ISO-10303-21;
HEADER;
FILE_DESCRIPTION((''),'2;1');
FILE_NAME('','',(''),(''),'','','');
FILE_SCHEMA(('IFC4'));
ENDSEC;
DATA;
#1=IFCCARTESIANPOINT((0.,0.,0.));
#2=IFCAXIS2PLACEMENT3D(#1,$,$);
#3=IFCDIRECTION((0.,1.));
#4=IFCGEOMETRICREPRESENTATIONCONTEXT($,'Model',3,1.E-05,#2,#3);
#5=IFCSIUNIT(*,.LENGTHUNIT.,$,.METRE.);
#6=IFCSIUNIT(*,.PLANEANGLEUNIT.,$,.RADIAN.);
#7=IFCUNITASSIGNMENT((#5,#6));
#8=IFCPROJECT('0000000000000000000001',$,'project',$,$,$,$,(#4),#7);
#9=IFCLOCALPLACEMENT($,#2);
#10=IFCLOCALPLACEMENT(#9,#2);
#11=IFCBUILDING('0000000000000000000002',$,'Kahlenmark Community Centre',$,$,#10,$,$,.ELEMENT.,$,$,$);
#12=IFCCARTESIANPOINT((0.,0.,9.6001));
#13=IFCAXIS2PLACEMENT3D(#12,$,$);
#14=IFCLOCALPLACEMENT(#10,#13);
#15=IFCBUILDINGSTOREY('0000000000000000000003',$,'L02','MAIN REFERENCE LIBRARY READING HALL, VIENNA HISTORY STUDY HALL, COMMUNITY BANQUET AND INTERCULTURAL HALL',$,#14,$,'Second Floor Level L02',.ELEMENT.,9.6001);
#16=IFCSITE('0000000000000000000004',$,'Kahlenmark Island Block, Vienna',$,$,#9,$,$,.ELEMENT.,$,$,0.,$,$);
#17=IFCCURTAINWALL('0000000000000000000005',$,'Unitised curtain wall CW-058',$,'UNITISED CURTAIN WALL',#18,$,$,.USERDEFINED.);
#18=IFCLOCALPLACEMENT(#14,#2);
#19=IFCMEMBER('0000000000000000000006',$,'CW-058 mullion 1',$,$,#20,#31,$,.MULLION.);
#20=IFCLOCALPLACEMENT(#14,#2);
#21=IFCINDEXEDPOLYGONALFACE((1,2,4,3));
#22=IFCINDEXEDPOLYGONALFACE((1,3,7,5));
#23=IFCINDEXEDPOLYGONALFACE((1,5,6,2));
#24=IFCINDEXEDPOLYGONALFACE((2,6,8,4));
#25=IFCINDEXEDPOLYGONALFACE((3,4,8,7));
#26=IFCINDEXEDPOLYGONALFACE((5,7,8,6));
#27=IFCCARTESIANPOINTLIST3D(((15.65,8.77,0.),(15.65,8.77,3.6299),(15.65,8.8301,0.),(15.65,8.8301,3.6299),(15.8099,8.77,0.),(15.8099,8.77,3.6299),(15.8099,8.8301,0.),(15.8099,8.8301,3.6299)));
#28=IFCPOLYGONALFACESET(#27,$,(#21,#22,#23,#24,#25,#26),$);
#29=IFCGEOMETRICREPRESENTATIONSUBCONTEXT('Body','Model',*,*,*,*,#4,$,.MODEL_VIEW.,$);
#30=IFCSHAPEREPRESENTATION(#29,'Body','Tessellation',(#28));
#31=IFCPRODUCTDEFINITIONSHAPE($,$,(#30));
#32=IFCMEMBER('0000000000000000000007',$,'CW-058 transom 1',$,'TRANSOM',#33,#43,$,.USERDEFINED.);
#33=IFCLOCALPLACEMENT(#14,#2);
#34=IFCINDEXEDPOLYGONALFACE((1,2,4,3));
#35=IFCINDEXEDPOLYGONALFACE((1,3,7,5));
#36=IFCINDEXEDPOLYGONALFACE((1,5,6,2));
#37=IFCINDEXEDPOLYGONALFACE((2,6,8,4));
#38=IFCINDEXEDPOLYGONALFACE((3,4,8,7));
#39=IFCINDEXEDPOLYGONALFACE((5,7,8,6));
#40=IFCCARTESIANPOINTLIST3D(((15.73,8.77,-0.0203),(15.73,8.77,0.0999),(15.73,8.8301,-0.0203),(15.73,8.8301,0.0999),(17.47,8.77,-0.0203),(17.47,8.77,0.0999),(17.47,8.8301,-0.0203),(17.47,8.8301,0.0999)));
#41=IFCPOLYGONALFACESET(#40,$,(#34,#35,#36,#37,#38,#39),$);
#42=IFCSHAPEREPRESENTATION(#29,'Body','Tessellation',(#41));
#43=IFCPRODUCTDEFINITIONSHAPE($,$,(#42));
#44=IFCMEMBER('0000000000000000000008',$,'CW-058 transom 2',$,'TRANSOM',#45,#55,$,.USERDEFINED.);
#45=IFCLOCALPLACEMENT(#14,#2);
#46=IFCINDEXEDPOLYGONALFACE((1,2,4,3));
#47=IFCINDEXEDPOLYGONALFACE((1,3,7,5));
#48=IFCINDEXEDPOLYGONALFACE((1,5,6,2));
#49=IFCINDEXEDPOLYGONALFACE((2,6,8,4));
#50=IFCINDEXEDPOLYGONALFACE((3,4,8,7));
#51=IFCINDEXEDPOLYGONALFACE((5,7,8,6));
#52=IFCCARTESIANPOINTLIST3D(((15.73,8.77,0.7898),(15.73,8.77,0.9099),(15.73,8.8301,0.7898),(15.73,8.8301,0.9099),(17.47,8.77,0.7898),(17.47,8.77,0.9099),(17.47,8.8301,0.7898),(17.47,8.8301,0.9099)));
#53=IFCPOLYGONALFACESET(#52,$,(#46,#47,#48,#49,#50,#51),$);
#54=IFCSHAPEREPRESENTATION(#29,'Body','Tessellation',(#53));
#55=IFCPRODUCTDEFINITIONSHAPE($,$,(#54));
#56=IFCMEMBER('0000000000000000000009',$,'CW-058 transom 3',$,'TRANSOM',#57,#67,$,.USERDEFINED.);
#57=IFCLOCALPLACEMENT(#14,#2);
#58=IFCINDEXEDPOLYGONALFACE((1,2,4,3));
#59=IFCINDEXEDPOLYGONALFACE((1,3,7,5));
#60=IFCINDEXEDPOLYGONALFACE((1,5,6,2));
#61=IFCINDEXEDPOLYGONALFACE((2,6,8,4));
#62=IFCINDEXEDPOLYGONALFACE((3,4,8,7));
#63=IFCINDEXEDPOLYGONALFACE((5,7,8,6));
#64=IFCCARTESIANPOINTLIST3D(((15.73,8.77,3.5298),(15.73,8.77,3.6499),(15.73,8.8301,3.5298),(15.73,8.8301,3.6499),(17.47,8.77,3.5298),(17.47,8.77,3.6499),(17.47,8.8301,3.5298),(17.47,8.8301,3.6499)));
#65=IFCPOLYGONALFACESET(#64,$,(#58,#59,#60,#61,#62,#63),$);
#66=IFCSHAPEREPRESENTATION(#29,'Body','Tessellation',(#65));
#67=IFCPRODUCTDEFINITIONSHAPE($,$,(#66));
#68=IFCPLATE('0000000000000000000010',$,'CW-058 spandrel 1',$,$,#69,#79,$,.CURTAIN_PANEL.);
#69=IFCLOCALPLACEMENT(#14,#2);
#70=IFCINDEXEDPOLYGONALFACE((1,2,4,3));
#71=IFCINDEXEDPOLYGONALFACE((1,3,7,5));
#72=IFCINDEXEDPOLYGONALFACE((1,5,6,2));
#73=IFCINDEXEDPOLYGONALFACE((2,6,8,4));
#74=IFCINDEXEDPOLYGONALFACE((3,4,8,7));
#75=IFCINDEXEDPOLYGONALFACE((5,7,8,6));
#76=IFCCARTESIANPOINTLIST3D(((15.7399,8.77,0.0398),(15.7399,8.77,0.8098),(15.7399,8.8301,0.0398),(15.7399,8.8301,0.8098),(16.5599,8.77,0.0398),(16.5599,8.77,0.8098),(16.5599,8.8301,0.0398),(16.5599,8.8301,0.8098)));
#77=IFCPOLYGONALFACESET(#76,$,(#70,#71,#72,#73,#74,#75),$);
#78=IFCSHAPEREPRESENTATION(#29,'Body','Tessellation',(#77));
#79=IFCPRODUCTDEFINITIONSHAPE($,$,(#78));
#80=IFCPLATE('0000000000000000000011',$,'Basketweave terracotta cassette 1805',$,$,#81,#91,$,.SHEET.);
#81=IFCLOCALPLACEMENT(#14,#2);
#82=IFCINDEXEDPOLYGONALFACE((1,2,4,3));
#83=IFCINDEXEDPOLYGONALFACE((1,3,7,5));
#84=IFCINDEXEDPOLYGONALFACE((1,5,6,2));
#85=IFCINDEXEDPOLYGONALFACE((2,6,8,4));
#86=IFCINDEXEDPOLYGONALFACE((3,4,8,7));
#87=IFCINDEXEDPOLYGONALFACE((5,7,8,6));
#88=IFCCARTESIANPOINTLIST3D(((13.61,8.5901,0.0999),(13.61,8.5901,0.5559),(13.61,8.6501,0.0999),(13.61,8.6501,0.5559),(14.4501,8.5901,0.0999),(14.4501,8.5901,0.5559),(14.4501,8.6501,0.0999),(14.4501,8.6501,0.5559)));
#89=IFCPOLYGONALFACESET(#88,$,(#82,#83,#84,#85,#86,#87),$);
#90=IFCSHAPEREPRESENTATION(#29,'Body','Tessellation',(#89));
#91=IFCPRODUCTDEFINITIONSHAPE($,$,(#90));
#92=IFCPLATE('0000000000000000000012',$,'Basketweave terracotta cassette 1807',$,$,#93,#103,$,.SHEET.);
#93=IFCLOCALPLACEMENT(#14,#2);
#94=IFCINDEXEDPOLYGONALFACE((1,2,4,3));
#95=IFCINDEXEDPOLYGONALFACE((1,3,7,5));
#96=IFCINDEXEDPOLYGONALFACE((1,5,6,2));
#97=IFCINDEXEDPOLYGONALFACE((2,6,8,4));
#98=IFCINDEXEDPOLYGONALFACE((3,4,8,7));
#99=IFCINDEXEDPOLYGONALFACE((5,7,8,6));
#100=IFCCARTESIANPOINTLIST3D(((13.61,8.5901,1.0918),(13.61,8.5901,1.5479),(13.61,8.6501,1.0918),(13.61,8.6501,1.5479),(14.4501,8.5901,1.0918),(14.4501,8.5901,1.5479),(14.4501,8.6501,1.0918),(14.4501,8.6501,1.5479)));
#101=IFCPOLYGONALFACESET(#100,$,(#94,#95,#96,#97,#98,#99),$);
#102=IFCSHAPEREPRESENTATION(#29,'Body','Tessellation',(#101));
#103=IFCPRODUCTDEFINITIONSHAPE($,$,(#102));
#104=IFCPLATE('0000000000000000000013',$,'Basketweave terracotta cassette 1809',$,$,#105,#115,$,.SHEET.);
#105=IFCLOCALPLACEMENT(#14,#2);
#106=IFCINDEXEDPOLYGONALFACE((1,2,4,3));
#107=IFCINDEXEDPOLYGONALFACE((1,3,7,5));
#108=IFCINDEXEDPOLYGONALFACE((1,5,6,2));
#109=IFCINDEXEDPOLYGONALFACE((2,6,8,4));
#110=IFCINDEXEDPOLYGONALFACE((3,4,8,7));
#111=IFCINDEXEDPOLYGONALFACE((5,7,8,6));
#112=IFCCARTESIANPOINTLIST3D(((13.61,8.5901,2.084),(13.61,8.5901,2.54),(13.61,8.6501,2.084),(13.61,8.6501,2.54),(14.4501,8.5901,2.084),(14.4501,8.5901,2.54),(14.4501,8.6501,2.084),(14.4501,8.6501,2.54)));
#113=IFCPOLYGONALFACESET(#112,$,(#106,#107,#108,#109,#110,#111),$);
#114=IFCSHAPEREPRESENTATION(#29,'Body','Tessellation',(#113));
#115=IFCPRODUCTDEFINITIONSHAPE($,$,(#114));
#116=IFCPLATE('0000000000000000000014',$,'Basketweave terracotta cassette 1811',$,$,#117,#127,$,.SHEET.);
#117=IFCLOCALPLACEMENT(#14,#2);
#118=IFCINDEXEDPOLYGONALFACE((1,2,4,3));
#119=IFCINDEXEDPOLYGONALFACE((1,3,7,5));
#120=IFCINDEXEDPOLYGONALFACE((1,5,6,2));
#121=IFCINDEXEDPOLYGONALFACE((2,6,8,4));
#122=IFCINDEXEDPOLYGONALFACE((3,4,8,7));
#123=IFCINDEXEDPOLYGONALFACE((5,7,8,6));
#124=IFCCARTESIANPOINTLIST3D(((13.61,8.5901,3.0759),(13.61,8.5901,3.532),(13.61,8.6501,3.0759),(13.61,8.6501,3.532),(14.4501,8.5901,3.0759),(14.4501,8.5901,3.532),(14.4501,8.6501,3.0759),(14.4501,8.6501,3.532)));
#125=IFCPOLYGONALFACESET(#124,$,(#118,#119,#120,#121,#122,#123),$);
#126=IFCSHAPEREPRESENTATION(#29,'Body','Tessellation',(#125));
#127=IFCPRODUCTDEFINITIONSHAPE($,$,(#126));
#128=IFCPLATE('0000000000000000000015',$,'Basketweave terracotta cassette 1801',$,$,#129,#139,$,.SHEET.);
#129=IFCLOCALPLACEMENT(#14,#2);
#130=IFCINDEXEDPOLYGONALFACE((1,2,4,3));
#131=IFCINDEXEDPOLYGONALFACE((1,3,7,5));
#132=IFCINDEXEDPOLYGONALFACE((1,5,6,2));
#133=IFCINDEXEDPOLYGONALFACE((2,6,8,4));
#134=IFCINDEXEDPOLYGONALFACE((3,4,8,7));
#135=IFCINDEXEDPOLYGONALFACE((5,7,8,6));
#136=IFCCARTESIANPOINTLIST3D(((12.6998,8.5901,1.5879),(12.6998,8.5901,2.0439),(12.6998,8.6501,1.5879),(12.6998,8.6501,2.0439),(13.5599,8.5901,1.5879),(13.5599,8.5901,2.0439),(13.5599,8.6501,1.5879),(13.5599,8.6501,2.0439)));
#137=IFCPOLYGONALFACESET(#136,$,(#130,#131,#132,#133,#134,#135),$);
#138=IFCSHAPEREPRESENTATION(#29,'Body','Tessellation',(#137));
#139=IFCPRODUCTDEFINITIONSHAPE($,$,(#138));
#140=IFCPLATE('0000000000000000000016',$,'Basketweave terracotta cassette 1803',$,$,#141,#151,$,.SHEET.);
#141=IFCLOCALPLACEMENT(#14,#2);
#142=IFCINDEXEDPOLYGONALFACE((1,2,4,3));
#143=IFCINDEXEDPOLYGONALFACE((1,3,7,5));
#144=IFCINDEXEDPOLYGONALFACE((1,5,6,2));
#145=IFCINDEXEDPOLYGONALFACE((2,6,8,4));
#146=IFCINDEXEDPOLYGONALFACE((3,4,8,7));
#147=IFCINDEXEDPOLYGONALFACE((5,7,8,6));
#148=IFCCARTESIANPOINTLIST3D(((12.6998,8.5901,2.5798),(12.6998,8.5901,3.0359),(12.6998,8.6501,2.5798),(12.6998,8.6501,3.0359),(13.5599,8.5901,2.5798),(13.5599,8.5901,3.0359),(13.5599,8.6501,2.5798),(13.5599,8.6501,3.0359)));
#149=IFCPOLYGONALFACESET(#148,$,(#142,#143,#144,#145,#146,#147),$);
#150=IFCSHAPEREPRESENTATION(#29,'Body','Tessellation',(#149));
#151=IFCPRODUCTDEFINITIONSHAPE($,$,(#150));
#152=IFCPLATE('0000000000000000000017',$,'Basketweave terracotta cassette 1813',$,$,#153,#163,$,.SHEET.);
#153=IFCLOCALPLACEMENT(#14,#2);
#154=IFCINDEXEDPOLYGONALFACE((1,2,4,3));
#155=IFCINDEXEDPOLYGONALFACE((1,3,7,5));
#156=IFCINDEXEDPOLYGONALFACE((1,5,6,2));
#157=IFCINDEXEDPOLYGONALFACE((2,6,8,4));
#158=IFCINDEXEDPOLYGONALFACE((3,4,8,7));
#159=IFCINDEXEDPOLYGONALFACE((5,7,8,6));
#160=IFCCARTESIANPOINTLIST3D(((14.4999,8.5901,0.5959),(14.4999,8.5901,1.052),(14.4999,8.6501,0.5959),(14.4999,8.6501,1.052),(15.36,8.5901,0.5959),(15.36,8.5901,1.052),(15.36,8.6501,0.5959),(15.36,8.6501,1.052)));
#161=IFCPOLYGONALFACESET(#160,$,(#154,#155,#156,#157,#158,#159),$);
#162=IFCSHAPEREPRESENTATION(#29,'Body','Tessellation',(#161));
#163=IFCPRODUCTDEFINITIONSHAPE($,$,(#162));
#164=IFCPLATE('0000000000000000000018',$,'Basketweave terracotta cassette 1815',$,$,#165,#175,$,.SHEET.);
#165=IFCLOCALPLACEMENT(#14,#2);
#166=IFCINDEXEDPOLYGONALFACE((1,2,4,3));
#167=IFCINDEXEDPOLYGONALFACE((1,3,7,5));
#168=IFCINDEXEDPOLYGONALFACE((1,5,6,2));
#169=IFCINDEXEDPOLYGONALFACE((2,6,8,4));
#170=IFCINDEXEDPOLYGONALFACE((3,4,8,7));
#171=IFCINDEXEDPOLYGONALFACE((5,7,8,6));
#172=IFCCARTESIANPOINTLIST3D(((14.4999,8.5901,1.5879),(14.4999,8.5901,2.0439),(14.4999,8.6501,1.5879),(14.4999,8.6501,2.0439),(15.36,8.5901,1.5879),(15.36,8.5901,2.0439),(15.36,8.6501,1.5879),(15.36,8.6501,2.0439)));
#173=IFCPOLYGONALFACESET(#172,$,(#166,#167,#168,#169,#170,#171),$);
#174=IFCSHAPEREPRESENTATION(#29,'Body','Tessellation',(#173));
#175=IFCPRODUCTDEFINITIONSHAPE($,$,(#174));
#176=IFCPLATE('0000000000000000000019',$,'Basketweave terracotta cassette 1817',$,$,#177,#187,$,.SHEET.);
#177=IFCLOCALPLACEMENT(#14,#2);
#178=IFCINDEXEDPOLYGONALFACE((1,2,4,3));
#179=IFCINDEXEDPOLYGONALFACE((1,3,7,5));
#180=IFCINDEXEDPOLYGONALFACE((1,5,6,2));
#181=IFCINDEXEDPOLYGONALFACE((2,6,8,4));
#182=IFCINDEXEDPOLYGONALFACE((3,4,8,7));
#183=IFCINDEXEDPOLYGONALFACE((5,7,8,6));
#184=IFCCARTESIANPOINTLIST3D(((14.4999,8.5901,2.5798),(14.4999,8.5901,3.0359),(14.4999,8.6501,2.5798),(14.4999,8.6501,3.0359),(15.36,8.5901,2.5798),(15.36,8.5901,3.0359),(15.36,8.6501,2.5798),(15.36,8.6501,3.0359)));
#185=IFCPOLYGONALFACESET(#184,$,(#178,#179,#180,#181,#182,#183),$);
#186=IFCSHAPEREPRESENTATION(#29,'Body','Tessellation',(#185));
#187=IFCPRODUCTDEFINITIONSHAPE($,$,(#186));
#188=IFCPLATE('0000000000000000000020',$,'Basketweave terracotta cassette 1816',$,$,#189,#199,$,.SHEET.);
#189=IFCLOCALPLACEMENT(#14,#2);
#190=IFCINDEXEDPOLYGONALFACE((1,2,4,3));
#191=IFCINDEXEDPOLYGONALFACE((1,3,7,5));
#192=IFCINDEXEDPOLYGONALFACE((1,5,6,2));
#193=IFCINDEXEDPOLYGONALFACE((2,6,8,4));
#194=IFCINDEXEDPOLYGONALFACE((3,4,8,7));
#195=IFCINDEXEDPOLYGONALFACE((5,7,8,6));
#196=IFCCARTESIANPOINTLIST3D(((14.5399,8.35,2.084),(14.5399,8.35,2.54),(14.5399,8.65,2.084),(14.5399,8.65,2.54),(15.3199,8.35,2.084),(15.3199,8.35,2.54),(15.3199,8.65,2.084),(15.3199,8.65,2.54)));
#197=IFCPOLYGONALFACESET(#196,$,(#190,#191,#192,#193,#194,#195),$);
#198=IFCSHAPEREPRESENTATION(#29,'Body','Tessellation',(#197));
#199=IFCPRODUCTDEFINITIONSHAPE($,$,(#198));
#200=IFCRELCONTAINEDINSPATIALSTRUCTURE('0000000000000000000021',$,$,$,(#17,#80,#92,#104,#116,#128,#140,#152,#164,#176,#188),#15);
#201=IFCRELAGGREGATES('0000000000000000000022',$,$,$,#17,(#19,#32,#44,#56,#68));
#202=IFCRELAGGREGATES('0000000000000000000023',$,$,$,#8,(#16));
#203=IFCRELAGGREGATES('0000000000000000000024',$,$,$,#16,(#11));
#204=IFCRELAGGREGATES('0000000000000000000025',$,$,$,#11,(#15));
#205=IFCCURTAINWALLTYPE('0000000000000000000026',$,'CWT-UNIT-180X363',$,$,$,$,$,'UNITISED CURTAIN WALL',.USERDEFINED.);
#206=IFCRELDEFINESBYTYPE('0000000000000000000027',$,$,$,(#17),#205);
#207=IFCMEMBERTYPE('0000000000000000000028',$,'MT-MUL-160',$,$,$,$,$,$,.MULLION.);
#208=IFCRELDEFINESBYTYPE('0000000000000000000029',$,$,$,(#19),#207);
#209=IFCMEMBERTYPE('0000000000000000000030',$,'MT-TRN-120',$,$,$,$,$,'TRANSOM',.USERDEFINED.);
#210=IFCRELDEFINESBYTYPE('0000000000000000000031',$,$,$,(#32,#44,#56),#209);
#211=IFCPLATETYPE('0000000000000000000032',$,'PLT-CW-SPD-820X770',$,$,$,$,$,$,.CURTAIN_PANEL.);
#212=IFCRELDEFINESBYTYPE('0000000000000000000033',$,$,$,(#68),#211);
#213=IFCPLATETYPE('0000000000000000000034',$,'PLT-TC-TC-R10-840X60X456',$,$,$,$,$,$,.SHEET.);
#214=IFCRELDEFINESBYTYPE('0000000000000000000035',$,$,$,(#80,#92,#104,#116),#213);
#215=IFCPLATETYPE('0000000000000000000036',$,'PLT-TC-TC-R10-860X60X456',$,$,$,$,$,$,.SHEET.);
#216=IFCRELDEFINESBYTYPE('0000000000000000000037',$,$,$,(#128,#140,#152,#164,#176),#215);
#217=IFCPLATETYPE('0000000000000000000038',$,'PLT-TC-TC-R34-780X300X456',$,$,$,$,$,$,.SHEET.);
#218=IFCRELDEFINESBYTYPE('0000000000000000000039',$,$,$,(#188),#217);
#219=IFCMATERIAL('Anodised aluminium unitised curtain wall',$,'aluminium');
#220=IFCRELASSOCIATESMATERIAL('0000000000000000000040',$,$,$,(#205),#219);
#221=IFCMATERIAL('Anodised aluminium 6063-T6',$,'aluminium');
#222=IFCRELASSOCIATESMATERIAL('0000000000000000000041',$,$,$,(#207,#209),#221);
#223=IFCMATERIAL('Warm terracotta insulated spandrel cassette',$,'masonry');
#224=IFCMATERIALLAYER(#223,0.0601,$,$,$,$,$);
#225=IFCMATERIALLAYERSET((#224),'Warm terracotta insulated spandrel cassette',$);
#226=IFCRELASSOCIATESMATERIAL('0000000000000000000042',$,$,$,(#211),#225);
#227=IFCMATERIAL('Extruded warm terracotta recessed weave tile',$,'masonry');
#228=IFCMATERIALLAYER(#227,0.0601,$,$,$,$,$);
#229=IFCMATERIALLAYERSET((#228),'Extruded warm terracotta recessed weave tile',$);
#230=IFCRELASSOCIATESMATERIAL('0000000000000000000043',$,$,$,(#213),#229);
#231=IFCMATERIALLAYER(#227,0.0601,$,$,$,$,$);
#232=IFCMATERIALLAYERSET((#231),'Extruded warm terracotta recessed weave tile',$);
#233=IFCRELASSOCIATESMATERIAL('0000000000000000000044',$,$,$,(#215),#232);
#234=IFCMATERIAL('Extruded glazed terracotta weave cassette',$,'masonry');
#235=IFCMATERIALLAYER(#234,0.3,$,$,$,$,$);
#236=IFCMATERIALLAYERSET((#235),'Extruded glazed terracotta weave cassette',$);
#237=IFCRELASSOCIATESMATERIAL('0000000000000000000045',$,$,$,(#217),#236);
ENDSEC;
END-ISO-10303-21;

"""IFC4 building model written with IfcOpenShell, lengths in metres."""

from ifc_helpers import new_model, si_unit, direction, frame, origin, origin_2d, place, context, subcontext, project, spatial, rectangle, extrude, material, layer, layer_set, material_profile, profile_set, type_object, element, aggregate, save


model = new_model("IFC4")

# Units and contexts
model_context = context("Model", 3, precision=1e-05, world=origin(), true_north=direction((0.0, 1.0)))
body_context = subcontext(model_context, "Body", "Model", "MODEL_VIEW")
ifc_project = project(units=[si_unit("LENGTHUNIT", "METRE"), si_unit("PLANEANGLEUNIT", "RADIAN")], contexts=[model_context])

# Site, building, storey
site_placement = place(None, origin())
site = spatial("IfcSite", under=ifc_project, at=site_placement, Name="Kahlenmark Island Block, Vienna", CompositionType="ELEMENT", RefElevation=0.0)
building_placement = place(site_placement, origin())
building = spatial("IfcBuilding", under=site, at=building_placement, Name="Kahlenmark Community Centre", CompositionType="ELEMENT")
storey_placement = place(building_placement, frame((0.0, 0.0, 9.6001)))
storey = spatial("IfcBuildingStorey", under=building, at=storey_placement, Name="L02", Description="MAIN REFERENCE LIBRARY READING HALL, VIENNA HISTORY STUDY HALL, COMMUNITY BANQUET AND INTERCULTURAL HALL", LongName="Second Floor Level L02", CompositionType="ELEMENT", Elevation=9.6001)

# Curtain wall, members, plate
ifc_material_1 = material(Name="Anodised aluminium unitised curtain wall", Category="aluminium")
curtain_wall_type = type_object("IfcCurtainWallType", Name="CWT-UNIT-180X363", ElementType="UNITISED CURTAIN WALL", PredefinedType="USERDEFINED", material=ifc_material_1)
curtain_wall_placement = place(storey_placement, origin())
curtain_wall = element("IfcCurtainWall", 1, at=curtain_wall_placement, inside=storey, type_object=curtain_wall_type, Name="Unitised curtain wall CW-058", ObjectType="UNITISED CURTAIN WALL", PredefinedType="USERDEFINED")
ifc_material_2 = material(Name="Anodised aluminium 6063-T6", Category="aluminium")
ifc_material_profile_1 = material_profile(ifc_material_2, rectangle(XDim=0.0601, YDim=0.1599, at=origin_2d()), Name="ALU MULLION 60x160")
ifc_profile_set_1 = profile_set([ifc_material_profile_1], Name="Anodised aluminium 6063-T6")
member_type_1 = type_object("IfcMemberType", Name="MT-MUL-160", PredefinedType="MULLION", material=ifc_profile_set_1)
member_1_placement = place(storey_placement, frame((15.73, 8.8, 0.0), z_axis=(0.0, 0.0, 1.0), x_axis=(0.0, 1.0, 0.0)))
member_1 = element("IfcMember", 2, at=member_1_placement, type_object=member_type_1, Name="CW-058 mullion 1", PredefinedType="MULLION", context=body_context, shape_type="SweptSolid", body=[
    extrude(rectangle(XDim=0.0601, YDim=0.1599, at=origin_2d()), origin(), (0.0, 0.0, 1.0), 3.6299),
])
ifc_material_profile_2 = material_profile(ifc_material_2, rectangle(XDim=0.0601, YDim=0.1201, at=origin_2d()), Name="ALU TRANSOM 60x120")
ifc_profile_set_2 = profile_set([ifc_material_profile_2], Name="Anodised aluminium 6063-T6")
member_type_2 = type_object("IfcMemberType", Name="MT-TRN-120", ElementType="TRANSOM", PredefinedType="USERDEFINED", material=ifc_profile_set_2)
member_2_placement = place(storey_placement, frame((15.73, 8.8, 0.0398), z_axis=(1.0, 0.0, 0.0), x_axis=(0.0, 1.0, 0.0)))
member_2 = element("IfcMember", 3, at=member_2_placement, type_object=member_type_2, Name="CW-058 transom 1", ObjectType="TRANSOM", PredefinedType="USERDEFINED", context=body_context, shape_type="SweptSolid", body=[
    extrude(rectangle(XDim=0.0601, YDim=0.1201, at=origin_2d()), origin(), (0.0, 0.0, 1.0), 1.74),
])
member_3_placement = place(storey_placement, frame((15.73, 8.8, 0.8499), z_axis=(1.0, 0.0, 0.0), x_axis=(0.0, 1.0, 0.0)))
member_3 = element("IfcMember", 4, at=member_3_placement, type_object=member_type_2, Name="CW-058 transom 2", ObjectType="TRANSOM", PredefinedType="USERDEFINED", context=body_context, shape_type="SweptSolid", body=[
    extrude(rectangle(XDim=0.0601, YDim=0.1201, at=origin_2d()), origin(), (0.0, 0.0, 1.0), 1.74),
])
member_4_placement = place(storey_placement, frame((15.73, 8.8, 3.5898), z_axis=(1.0, 0.0, 0.0), x_axis=(0.0, 1.0, 0.0)))
member_4 = element("IfcMember", 5, at=member_4_placement, type_object=member_type_2, Name="CW-058 transom 3", ObjectType="TRANSOM", PredefinedType="USERDEFINED", context=body_context, shape_type="SweptSolid", body=[
    extrude(rectangle(XDim=0.0601, YDim=0.1201, at=origin_2d()), origin(), (0.0, 0.0, 1.0), 1.74),
])
ifc_material_3 = material(Name="Warm terracotta insulated spandrel cassette", Category="masonry")
ifc_layer_1 = layer(ifc_material_3, 0.0601)
ifc_layer_set_1 = layer_set([ifc_layer_1], Name="Warm terracotta insulated spandrel cassette")
plate_type_1 = type_object("IfcPlateType", Name="PLT-CW-SPD-820X770", PredefinedType="CURTAIN_PANEL", material=ifc_layer_set_1)
plate_1_placement = place(storey_placement, frame((16.1499, 8.8, 0.0398), z_axis=(0.0, 0.0, 1.0), x_axis=(1.0, 0.0, 0.0)))
plate_1 = element("IfcPlate", 6, at=plate_1_placement, type_object=plate_type_1, Name="CW-058 spandrel 1", PredefinedType="CURTAIN_PANEL", context=body_context, shape_type="SweptSolid", body=[
    extrude(rectangle(XDim=0.8201, YDim=0.0601, at=origin_2d()), origin(), (0.0, 0.0, 1.0), 0.77),
])
aggregate(curtain_wall, [member_1, member_2, member_3, member_4, plate_1])

# Plates
ifc_material_4 = material(Name="Extruded warm terracotta recessed weave tile", Category="masonry")
ifc_layer_2 = layer(ifc_material_4, 0.0601)
ifc_layer_set_2 = layer_set([ifc_layer_2], Name="Extruded warm terracotta recessed weave tile")
plate_type_2 = type_object("IfcPlateType", Name="PLT-TC-TC-R10-840X60X456", PredefinedType="SHEET", material=ifc_layer_set_2)
for number, where, z_axis, x_axis, name in (
    (7, (14.03, 8.6201, 0.0999), (0.0, 0.0, 1.0), (1.0, 0.0, 0.0), "Basketweave terracotta cassette 1805"),
    (8, (14.03, 8.6201, 1.0918), (0.0, 0.0, 1.0), (1.0, 0.0, 0.0), "Basketweave terracotta cassette 1807"),
    (9, (14.03, 8.6201, 2.084), (0.0, 0.0, 1.0), (1.0, 0.0, 0.0), "Basketweave terracotta cassette 1809"),
    (10, (14.03, 8.6201, 3.0759), (0.0, 0.0, 1.0), (1.0, 0.0, 0.0), "Basketweave terracotta cassette 1811"),
):
    element("IfcPlate", number, at=place(storey_placement, frame(where, z_axis=z_axis, x_axis=x_axis)), inside=storey, type_object=plate_type_2, Name=name, PredefinedType="SHEET", context=body_context, shape_type="SweptSolid", body=[
        extrude(rectangle(XDim=0.8401, YDim=0.0601, at=origin_2d()), origin(), (0.0, 0.0, 1.0), 0.4561),
    ])
ifc_layer_3 = layer(ifc_material_4, 0.0601)
ifc_layer_set_3 = layer_set([ifc_layer_3], Name="Extruded warm terracotta recessed weave tile")
plate_type_3 = type_object("IfcPlateType", Name="PLT-TC-TC-R10-860X60X456", PredefinedType="SHEET", material=ifc_layer_set_3)
for number, where, z_axis, x_axis, name in (
    (11, (13.1299, 8.6201, 1.5879), (0.0, 0.0, 1.0), (1.0, 0.0, 0.0), "Basketweave terracotta cassette 1801"),
    (12, (13.1299, 8.6201, 2.5798), (0.0, 0.0, 1.0), (1.0, 0.0, 0.0), "Basketweave terracotta cassette 1803"),
    (13, (14.9299, 8.6201, 0.5959), (0.0, 0.0, 1.0), (1.0, 0.0, 0.0), "Basketweave terracotta cassette 1813"),
    (14, (14.9299, 8.6201, 1.5879), (0.0, 0.0, 1.0), (1.0, 0.0, 0.0), "Basketweave terracotta cassette 1815"),
    (15, (14.9299, 8.6201, 2.5798), (0.0, 0.0, 1.0), (1.0, 0.0, 0.0), "Basketweave terracotta cassette 1817"),
):
    element("IfcPlate", number, at=place(storey_placement, frame(where, z_axis=z_axis, x_axis=x_axis)), inside=storey, type_object=plate_type_3, Name=name, PredefinedType="SHEET", context=body_context, shape_type="SweptSolid", body=[
        extrude(rectangle(XDim=0.8601, YDim=0.0601, at=origin_2d()), origin(), (0.0, 0.0, 1.0), 0.4561),
    ])
ifc_material_5 = material(Name="Extruded glazed terracotta weave cassette", Category="masonry")
ifc_layer_4 = layer(ifc_material_5, 0.3)
ifc_layer_set_4 = layer_set([ifc_layer_4], Name="Extruded glazed terracotta weave cassette")
plate_type_4 = type_object("IfcPlateType", Name="PLT-TC-TC-R34-780X300X456", PredefinedType="SHEET", material=ifc_layer_set_4)
plate_2_placement = place(storey_placement, frame((14.9299, 8.5, 2.084), z_axis=(0.0, 0.0, 1.0), x_axis=(1.0, 0.0, 0.0)))
element("IfcPlate", 16, at=plate_2_placement, inside=storey, type_object=plate_type_4, Name="Basketweave terracotta cassette 1816", PredefinedType="SHEET", context=body_context, shape_type="SweptSolid", body=[
    extrude(rectangle(XDim=0.78, YDim=0.3, at=origin_2d()), origin(), (0.0, 0.0, 1.0), 0.4561),
])

save(model, "model.ifc")
